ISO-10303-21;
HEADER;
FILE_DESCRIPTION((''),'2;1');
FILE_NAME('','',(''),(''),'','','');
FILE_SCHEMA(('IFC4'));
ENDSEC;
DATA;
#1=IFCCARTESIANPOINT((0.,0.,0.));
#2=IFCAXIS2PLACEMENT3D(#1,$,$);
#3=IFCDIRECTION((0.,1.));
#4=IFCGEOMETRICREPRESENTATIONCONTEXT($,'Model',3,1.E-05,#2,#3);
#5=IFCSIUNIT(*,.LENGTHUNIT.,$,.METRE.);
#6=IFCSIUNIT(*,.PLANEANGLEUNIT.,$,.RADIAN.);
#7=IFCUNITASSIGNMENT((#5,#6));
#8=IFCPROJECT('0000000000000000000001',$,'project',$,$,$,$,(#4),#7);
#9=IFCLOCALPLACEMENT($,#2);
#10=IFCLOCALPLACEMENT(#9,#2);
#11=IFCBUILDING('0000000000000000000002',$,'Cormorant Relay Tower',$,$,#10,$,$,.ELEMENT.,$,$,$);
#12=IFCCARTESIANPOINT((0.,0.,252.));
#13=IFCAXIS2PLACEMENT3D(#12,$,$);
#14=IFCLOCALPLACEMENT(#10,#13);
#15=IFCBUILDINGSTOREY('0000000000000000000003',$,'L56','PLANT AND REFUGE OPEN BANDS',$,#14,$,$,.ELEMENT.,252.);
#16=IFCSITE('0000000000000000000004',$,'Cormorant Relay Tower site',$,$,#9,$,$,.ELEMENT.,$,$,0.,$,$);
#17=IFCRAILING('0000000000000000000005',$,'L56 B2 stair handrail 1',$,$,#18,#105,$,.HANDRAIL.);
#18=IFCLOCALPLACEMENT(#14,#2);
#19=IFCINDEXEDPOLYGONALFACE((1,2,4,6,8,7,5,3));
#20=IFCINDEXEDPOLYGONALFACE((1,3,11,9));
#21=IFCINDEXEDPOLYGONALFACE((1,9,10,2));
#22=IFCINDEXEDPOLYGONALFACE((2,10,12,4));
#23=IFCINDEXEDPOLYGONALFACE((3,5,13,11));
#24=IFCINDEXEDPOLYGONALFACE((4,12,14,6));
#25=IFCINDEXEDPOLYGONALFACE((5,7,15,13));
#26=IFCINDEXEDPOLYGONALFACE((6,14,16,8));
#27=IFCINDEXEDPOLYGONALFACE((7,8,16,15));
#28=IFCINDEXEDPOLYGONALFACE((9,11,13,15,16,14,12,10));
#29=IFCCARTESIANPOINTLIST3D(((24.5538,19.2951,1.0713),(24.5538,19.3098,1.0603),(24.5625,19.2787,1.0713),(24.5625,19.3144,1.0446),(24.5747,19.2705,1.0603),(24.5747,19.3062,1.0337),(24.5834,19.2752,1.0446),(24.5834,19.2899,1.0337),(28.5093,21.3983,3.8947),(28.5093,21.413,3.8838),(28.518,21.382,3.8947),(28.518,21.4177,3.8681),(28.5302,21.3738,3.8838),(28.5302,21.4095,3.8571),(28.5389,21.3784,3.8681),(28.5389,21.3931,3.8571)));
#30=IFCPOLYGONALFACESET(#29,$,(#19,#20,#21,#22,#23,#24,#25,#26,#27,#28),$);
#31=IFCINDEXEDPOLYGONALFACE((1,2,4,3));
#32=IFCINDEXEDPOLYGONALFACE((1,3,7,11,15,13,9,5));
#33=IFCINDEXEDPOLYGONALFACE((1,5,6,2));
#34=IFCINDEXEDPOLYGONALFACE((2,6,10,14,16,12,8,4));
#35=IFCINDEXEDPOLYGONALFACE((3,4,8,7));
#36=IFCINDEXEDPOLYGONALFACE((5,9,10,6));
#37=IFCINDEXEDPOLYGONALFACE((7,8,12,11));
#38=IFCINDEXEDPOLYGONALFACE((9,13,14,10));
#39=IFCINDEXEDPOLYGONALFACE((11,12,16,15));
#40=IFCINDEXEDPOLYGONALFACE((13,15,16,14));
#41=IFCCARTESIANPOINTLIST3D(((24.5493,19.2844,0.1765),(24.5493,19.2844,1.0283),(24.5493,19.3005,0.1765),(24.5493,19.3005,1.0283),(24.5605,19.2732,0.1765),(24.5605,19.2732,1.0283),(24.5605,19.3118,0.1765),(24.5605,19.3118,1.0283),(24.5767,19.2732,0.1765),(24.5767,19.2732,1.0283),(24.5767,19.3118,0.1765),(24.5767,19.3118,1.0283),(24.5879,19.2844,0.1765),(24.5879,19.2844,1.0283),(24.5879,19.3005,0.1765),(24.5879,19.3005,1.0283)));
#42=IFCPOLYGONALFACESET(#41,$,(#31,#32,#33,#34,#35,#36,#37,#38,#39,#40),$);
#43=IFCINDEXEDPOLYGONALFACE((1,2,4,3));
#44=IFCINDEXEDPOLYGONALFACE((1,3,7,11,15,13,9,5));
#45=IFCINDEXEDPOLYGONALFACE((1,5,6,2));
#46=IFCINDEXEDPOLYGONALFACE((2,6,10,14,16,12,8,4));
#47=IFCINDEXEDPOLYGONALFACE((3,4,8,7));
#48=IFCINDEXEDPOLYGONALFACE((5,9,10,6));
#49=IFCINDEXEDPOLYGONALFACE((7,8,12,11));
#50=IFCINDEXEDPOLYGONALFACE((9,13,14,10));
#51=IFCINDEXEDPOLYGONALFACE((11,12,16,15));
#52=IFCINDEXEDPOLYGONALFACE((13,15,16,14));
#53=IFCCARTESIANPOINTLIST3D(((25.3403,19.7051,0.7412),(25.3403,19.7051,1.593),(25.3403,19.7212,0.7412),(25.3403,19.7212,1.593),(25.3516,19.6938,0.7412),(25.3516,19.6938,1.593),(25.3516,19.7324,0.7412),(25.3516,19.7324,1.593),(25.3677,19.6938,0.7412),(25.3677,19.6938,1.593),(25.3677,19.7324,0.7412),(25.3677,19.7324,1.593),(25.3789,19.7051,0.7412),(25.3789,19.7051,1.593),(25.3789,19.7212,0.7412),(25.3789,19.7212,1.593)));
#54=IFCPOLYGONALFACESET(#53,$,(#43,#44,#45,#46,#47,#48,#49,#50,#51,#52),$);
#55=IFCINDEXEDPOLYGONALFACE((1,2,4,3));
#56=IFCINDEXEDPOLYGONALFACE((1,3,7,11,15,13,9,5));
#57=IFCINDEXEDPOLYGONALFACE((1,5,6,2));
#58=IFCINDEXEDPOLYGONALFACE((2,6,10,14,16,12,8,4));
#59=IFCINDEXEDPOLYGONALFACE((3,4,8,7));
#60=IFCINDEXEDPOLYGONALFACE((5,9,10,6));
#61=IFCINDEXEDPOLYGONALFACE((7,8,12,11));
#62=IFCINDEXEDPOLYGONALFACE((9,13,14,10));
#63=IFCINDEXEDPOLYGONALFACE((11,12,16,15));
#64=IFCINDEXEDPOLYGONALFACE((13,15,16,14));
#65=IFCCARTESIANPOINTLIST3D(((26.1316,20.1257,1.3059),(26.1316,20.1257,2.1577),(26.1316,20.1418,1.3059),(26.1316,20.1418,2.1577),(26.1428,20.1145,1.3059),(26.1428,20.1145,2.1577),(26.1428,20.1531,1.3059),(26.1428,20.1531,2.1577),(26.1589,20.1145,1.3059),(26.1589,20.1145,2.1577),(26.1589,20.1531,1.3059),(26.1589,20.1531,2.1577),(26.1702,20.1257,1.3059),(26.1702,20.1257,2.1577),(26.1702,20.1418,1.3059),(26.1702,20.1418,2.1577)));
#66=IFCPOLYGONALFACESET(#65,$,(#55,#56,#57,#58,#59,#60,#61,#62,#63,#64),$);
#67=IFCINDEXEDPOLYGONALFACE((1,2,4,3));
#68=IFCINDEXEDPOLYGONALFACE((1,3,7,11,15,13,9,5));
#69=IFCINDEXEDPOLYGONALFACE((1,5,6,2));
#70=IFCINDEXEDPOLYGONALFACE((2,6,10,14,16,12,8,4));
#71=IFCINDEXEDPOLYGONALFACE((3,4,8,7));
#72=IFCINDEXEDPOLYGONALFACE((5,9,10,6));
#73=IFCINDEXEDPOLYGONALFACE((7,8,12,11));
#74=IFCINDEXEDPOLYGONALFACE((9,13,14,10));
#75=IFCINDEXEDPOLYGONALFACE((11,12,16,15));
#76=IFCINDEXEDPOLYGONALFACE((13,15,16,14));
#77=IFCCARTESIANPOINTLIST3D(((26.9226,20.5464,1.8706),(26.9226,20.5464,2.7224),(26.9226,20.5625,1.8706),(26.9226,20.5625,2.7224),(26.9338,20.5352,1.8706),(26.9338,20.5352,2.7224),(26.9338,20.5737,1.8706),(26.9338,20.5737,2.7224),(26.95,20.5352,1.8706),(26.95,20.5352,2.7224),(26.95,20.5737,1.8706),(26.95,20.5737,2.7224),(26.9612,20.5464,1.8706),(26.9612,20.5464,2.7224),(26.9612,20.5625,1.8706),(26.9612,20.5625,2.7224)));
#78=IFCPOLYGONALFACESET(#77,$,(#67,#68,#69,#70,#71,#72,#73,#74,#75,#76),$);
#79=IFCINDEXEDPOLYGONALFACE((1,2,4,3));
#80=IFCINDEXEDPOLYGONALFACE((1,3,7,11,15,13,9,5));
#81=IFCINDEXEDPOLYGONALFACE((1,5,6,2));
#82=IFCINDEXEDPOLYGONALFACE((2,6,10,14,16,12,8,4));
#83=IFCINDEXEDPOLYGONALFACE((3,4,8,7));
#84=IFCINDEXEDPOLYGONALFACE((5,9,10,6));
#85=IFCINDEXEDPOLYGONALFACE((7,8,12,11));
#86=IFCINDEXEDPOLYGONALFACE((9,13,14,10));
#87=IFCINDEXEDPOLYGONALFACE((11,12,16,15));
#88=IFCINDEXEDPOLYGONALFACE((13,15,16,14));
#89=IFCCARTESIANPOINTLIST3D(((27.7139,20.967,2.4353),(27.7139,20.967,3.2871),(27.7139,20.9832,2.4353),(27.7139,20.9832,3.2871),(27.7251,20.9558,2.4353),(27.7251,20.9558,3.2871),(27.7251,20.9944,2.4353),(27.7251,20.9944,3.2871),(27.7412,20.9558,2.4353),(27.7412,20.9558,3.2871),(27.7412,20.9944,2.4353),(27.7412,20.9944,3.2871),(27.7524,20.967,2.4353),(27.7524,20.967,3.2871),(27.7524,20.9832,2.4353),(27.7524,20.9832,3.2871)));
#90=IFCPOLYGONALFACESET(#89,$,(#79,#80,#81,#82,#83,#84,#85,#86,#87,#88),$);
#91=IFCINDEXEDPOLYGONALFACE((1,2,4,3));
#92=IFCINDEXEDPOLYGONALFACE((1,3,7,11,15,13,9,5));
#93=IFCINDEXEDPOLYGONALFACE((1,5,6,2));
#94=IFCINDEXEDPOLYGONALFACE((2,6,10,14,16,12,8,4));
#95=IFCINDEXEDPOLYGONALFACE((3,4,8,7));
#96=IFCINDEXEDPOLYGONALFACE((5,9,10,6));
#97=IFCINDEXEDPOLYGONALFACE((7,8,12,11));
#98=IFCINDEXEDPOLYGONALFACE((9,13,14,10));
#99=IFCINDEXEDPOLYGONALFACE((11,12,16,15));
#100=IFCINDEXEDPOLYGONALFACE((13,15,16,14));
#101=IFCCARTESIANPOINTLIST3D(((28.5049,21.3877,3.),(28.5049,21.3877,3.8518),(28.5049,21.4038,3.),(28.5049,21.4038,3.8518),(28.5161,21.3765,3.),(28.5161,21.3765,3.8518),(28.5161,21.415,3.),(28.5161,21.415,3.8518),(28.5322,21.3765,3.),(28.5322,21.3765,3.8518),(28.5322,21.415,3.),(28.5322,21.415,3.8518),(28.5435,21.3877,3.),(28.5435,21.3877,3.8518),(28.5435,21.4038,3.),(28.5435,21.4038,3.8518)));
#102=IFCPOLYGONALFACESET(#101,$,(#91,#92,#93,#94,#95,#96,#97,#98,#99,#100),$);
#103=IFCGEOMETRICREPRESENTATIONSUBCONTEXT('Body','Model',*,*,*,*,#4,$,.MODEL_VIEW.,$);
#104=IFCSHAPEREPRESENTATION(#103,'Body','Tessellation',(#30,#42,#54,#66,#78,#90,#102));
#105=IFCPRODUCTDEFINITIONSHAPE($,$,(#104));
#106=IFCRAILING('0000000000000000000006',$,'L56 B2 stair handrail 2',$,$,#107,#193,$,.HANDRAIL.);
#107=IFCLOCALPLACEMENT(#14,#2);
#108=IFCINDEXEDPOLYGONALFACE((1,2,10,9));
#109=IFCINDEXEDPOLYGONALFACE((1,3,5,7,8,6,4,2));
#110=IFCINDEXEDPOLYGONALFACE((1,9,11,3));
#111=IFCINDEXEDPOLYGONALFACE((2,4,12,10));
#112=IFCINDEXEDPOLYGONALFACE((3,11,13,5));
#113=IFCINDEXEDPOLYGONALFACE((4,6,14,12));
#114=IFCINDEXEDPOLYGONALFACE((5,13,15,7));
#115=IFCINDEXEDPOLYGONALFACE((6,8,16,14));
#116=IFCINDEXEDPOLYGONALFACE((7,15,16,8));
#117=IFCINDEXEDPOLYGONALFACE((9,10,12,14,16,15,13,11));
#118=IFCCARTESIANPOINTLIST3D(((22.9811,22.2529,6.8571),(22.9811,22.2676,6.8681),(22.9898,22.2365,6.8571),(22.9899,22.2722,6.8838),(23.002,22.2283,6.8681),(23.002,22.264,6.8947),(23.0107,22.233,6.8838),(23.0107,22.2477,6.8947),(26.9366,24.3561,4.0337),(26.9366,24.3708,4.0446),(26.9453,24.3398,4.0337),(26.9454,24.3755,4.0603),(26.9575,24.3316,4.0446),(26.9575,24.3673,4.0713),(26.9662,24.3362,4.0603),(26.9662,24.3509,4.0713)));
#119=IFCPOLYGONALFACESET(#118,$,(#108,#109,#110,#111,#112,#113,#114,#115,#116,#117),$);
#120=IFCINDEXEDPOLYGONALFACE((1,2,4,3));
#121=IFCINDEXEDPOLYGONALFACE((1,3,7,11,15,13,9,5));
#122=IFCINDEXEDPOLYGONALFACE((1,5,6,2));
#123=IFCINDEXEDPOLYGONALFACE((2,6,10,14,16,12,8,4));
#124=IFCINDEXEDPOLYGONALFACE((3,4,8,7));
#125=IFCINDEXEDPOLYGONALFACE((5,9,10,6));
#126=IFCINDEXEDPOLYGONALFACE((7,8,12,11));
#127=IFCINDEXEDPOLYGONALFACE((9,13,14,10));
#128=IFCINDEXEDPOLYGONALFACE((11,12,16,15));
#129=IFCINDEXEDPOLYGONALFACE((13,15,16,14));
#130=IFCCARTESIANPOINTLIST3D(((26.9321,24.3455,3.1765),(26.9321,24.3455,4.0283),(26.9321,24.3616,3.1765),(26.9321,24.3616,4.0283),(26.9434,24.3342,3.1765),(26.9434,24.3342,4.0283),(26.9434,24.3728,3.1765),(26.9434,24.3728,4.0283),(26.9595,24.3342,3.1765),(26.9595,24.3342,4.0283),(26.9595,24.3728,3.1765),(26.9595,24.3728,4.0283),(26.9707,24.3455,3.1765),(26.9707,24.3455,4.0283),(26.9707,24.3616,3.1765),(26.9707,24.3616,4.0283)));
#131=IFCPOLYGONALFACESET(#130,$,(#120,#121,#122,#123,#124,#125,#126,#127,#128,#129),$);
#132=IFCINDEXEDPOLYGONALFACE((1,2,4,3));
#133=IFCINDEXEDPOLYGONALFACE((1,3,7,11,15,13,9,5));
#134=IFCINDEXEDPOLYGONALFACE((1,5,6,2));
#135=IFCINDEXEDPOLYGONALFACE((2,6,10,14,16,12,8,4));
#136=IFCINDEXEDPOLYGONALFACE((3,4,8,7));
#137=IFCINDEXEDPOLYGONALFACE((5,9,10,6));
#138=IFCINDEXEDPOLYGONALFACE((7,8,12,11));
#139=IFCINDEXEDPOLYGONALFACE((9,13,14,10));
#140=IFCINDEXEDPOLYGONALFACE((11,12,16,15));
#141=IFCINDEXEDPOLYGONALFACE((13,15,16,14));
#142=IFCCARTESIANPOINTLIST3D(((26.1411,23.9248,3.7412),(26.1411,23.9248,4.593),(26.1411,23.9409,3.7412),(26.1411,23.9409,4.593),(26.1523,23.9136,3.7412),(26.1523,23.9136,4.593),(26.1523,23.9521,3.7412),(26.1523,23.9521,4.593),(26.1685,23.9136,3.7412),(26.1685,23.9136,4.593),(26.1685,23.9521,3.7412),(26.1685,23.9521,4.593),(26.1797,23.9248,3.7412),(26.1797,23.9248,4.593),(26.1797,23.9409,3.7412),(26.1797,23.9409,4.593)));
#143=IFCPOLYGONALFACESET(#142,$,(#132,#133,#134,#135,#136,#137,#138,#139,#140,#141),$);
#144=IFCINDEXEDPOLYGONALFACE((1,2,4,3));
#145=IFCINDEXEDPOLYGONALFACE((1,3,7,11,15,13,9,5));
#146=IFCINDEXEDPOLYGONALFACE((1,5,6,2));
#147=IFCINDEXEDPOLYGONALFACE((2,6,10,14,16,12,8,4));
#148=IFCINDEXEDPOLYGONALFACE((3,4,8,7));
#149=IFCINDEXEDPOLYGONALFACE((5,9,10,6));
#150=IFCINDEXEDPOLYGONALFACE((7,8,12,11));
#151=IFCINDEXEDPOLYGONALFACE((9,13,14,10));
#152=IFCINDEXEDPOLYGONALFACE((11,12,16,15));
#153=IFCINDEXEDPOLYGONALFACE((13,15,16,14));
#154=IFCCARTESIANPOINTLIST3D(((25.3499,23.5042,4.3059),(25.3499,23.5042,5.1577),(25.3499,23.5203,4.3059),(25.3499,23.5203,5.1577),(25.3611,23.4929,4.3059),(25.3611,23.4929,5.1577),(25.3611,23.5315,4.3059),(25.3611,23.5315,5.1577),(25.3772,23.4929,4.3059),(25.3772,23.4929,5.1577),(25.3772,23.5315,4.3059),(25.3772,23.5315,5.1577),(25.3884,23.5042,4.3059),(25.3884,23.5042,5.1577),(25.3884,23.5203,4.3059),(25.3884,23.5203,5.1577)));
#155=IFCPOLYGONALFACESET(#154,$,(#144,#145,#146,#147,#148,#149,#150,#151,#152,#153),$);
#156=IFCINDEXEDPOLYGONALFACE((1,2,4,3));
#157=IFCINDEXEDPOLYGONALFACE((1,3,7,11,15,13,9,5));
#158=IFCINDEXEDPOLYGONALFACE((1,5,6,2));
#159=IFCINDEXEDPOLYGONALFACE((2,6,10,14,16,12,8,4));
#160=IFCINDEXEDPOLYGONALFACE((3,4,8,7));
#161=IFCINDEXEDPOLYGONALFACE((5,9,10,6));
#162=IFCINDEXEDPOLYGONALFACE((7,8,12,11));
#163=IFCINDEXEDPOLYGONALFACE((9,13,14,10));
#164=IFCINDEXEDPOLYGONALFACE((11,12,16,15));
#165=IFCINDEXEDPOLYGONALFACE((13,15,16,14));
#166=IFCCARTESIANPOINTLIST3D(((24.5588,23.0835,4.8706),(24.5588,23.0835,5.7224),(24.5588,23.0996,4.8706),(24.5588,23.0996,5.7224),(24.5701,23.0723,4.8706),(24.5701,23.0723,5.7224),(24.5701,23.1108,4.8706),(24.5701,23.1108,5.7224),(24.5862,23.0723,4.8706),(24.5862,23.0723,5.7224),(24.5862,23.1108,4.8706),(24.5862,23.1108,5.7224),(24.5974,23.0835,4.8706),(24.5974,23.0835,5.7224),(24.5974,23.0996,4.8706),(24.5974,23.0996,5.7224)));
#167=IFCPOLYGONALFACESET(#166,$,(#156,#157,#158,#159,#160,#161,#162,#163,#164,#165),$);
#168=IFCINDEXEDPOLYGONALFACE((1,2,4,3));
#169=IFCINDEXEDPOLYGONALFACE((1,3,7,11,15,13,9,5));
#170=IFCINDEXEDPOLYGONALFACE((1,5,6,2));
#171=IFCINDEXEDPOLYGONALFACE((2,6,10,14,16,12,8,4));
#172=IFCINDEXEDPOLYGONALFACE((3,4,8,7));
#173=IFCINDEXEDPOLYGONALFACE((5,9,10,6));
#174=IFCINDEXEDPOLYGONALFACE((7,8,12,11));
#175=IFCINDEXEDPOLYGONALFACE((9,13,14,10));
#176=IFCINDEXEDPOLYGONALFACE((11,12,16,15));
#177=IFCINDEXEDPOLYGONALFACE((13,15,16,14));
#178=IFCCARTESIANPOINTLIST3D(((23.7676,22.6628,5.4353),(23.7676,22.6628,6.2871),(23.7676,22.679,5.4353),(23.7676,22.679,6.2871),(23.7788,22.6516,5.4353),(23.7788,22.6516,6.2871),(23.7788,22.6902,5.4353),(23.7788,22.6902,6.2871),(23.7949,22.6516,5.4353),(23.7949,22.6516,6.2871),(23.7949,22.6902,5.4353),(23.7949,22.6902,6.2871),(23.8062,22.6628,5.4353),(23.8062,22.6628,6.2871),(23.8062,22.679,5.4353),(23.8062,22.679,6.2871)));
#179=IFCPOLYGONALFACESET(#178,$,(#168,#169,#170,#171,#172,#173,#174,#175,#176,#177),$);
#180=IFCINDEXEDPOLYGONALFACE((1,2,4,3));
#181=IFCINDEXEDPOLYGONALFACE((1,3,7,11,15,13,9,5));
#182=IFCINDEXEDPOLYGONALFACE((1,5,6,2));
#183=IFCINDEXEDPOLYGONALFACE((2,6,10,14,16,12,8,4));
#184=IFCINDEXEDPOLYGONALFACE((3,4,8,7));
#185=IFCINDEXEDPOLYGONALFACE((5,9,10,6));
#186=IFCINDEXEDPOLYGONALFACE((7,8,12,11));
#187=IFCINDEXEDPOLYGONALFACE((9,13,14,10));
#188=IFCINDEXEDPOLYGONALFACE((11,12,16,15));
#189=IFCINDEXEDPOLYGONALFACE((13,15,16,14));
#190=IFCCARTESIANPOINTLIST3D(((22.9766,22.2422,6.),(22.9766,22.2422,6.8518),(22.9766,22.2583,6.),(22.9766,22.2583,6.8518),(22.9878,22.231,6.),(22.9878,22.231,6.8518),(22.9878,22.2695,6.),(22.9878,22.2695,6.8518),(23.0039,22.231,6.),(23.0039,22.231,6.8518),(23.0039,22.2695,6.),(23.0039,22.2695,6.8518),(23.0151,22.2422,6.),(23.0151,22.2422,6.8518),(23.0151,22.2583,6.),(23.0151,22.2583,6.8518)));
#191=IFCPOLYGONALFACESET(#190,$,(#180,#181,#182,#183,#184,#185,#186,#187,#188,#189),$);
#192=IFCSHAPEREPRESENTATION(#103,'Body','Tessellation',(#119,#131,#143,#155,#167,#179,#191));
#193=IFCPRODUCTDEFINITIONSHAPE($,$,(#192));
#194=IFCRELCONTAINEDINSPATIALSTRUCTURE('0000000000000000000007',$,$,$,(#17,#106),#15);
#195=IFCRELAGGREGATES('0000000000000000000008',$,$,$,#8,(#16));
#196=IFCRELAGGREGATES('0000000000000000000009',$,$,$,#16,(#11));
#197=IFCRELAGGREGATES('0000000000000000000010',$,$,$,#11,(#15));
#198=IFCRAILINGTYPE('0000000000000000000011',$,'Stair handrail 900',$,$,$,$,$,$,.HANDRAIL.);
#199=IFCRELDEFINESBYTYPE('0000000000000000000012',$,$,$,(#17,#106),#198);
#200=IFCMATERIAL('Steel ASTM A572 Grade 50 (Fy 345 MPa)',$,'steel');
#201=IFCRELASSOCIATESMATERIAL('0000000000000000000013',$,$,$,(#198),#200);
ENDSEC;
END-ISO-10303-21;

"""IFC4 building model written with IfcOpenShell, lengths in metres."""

from ifc_helpers import new_model, si_unit, direction, frame, origin, place, context, subcontext, project, spatial, polyline, outline, extrude, material, type_object, element, save


model = new_model("IFC4")

# Units and contexts
model_context = context("Model", 3, precision=1e-05, world=origin(), true_north=direction((0.0, 1.0)))
body_context = subcontext(model_context, "Body", "Model", "MODEL_VIEW")
ifc_project = project(units=[si_unit("LENGTHUNIT", "METRE"), si_unit("PLANEANGLEUNIT", "RADIAN")], contexts=[model_context])

# Site, building, storey
site_placement = place(None, origin())
site = spatial("IfcSite", under=ifc_project, at=site_placement, Name="Cormorant Relay Tower site", CompositionType="ELEMENT", RefElevation=0.0)
building_placement = place(site_placement, origin())
building = spatial("IfcBuilding", under=site, at=building_placement, Name="Cormorant Relay Tower", CompositionType="ELEMENT")
storey_placement = place(building_placement, frame((0.0, 0.0, 252.0)))
storey = spatial("IfcBuildingStorey", under=building, at=storey_placement, Name="L56", Description="PLANT AND REFUGE OPEN BANDS", CompositionType="ELEMENT", Elevation=252.0)

# Railings
ifc_material_1 = material(Name="Steel ASTM A572 Grade 50 (Fy 345 MPa)", Category="steel")
railing_type_1 = type_object("IfcRailingType", Name="Stair handrail 900", PredefinedType="HANDRAIL", material=ifc_material_1)
railing_1_placement = place(storey_placement, frame((24.5686, 19.2925, 0.1765)))
element("IfcRailing", 1, at=railing_1_placement, inside=storey, type_object=railing_type_1, Name="L56 B2 stair handrail 1", PredefinedType="HANDRAIL", context=body_context, shape_type="SweptSolid", body=[
    extrude(outline(polyline([(0.0222, 0.0093), (0.0093, 0.0222), (-0.0093, 0.0222), (-0.0222, 0.0093), (-0.0222, -0.0093), (-0.0093, -0.0222), (0.0093, -0.0222), (0.0222, -0.0093), (0.0222, 0.0093)])), frame((0.0, 0.0, 0.876), z_axis=(0.746967, 0.397181, 0.533186), x_axis=(-0.469482, 0.882942, 0.0)), (0.0, 0.0, 1.0), 5.2954),
    extrude(outline(polyline([(0.0193, 0.0081), (0.0081, 0.0193), (-0.0081, 0.0193), (-0.0193, 0.0081), (-0.0193, -0.0081), (-0.0081, -0.0193), (0.0081, -0.0193), (0.0193, -0.0081), (0.0193, 0.0081)])), origin(), (0.0, 0.0, 1.0), 0.8518),
    extrude(outline(polyline([(0.0193, 0.0081), (0.0081, 0.0193), (-0.0081, 0.0193), (-0.0193, 0.0081), (-0.0193, -0.0081), (-0.0081, -0.0193), (0.0081, -0.0193), (0.0193, -0.0081), (0.0193, 0.0081)])), frame((0.791, 0.4207, 0.5647)), (0.0, 0.0, 1.0), 0.8518),
    extrude(outline(polyline([(0.0193, 0.0081), (0.0081, 0.0193), (-0.0081, 0.0193), (-0.0193, 0.0081), (-0.0193, -0.0081), (-0.0081, -0.0193), (0.0081, -0.0193), (0.0193, -0.0081), (0.0193, 0.0081)])), frame((1.5823, 0.8413, 1.1294)), (0.0, 0.0, 1.0), 0.8518),
    extrude(outline(polyline([(0.0193, 0.0081), (0.0081, 0.0193), (-0.0081, 0.0193), (-0.0193, 0.0081), (-0.0193, -0.0081), (-0.0081, -0.0193), (0.0081, -0.0193), (0.0193, -0.0081), (0.0193, 0.0081)])), frame((2.3733, 1.262, 1.6941)), (0.0, 0.0, 1.0), 0.8518),
    extrude(outline(polyline([(0.0193, 0.0081), (0.0081, 0.0193), (-0.0081, 0.0193), (-0.0193, 0.0081), (-0.0193, -0.0081), (-0.0081, -0.0193), (0.0081, -0.0193), (0.0193, -0.0081), (0.0193, 0.0081)])), frame((3.1646, 1.6826, 2.2588)), (0.0, 0.0, 1.0), 0.8518),
    extrude(outline(polyline([(0.0193, 0.0081), (0.0081, 0.0193), (-0.0081, 0.0193), (-0.0193, 0.0081), (-0.0193, -0.0081), (-0.0081, -0.0193), (0.0081, -0.0193), (0.0193, -0.0081), (0.0193, 0.0081)])), frame((3.9556, 2.1033, 2.8235)), (0.0, 0.0, 1.0), 0.8518),
])
railing_2_placement = place(storey_placement, frame((26.9514, 24.3535, 3.1765)))
element("IfcRailing", 2, at=railing_2_placement, inside=storey, type_object=railing_type_1, Name="L56 B2 stair handrail 2", PredefinedType="HANDRAIL", context=body_context, shape_type="SweptSolid", body=[
    extrude(outline(polyline([(0.0222, 0.0093), (0.0093, 0.0222), (-0.0093, 0.0222), (-0.0222, 0.0093), (-0.0222, -0.0093), (-0.0093, -0.0222), (0.0093, -0.0222), (0.0222, -0.0093), (0.0222, 0.0093)])), frame((0.0, 0.0, 0.876), z_axis=(-0.746967, -0.397181, 0.533186), x_axis=(0.469482, -0.882942, 0.0)), (0.0, 0.0, 1.0), 5.2954),
    extrude(outline(polyline([(0.0193, 0.0081), (0.0081, 0.0193), (-0.0081, 0.0193), (-0.0193, 0.0081), (-0.0193, -0.0081), (-0.0081, -0.0193), (0.0081, -0.0193), (0.0193, -0.0081), (0.0193, 0.0081)])), origin(), (0.0, 0.0, 1.0), 0.8518),
    extrude(outline(polyline([(0.0193, 0.0081), (0.0081, 0.0193), (-0.0081, 0.0193), (-0.0193, 0.0081), (-0.0193, -0.0081), (-0.0081, -0.0193), (0.0081, -0.0193), (0.0193, -0.0081), (0.0193, 0.0081)])), frame((-0.791, -0.4207, 0.5647)), (0.0, 0.0, 1.0), 0.8518),
    extrude(outline(polyline([(0.0193, 0.0081), (0.0081, 0.0193), (-0.0081, 0.0193), (-0.0193, 0.0081), (-0.0193, -0.0081), (-0.0081, -0.0193), (0.0081, -0.0193), (0.0193, -0.0081), (0.0193, 0.0081)])), frame((-1.5823, -0.8413, 1.1294)), (0.0, 0.0, 1.0), 0.8518),
    extrude(outline(polyline([(0.0193, 0.0081), (0.0081, 0.0193), (-0.0081, 0.0193), (-0.0193, 0.0081), (-0.0193, -0.0081), (-0.0081, -0.0193), (0.0081, -0.0193), (0.0193, -0.0081), (0.0193, 0.0081)])), frame((-2.3733, -1.262, 1.6941)), (0.0, 0.0, 1.0), 0.8518),
    extrude(outline(polyline([(0.0193, 0.0081), (0.0081, 0.0193), (-0.0081, 0.0193), (-0.0193, 0.0081), (-0.0193, -0.0081), (-0.0081, -0.0193), (0.0081, -0.0193), (0.0193, -0.0081), (0.0193, 0.0081)])), frame((-3.1646, -1.6826, 2.2588)), (0.0, 0.0, 1.0), 0.8518),
    extrude(outline(polyline([(0.0193, 0.0081), (0.0081, 0.0193), (-0.0081, 0.0193), (-0.0193, 0.0081), (-0.0193, -0.0081), (-0.0081, -0.0193), (0.0081, -0.0193), (0.0193, -0.0081), (0.0193, 0.0081)])), frame((-3.9556, -2.1033, 2.8235)), (0.0, 0.0, 1.0), 0.8518),
])

save(model, "model.ifc")
